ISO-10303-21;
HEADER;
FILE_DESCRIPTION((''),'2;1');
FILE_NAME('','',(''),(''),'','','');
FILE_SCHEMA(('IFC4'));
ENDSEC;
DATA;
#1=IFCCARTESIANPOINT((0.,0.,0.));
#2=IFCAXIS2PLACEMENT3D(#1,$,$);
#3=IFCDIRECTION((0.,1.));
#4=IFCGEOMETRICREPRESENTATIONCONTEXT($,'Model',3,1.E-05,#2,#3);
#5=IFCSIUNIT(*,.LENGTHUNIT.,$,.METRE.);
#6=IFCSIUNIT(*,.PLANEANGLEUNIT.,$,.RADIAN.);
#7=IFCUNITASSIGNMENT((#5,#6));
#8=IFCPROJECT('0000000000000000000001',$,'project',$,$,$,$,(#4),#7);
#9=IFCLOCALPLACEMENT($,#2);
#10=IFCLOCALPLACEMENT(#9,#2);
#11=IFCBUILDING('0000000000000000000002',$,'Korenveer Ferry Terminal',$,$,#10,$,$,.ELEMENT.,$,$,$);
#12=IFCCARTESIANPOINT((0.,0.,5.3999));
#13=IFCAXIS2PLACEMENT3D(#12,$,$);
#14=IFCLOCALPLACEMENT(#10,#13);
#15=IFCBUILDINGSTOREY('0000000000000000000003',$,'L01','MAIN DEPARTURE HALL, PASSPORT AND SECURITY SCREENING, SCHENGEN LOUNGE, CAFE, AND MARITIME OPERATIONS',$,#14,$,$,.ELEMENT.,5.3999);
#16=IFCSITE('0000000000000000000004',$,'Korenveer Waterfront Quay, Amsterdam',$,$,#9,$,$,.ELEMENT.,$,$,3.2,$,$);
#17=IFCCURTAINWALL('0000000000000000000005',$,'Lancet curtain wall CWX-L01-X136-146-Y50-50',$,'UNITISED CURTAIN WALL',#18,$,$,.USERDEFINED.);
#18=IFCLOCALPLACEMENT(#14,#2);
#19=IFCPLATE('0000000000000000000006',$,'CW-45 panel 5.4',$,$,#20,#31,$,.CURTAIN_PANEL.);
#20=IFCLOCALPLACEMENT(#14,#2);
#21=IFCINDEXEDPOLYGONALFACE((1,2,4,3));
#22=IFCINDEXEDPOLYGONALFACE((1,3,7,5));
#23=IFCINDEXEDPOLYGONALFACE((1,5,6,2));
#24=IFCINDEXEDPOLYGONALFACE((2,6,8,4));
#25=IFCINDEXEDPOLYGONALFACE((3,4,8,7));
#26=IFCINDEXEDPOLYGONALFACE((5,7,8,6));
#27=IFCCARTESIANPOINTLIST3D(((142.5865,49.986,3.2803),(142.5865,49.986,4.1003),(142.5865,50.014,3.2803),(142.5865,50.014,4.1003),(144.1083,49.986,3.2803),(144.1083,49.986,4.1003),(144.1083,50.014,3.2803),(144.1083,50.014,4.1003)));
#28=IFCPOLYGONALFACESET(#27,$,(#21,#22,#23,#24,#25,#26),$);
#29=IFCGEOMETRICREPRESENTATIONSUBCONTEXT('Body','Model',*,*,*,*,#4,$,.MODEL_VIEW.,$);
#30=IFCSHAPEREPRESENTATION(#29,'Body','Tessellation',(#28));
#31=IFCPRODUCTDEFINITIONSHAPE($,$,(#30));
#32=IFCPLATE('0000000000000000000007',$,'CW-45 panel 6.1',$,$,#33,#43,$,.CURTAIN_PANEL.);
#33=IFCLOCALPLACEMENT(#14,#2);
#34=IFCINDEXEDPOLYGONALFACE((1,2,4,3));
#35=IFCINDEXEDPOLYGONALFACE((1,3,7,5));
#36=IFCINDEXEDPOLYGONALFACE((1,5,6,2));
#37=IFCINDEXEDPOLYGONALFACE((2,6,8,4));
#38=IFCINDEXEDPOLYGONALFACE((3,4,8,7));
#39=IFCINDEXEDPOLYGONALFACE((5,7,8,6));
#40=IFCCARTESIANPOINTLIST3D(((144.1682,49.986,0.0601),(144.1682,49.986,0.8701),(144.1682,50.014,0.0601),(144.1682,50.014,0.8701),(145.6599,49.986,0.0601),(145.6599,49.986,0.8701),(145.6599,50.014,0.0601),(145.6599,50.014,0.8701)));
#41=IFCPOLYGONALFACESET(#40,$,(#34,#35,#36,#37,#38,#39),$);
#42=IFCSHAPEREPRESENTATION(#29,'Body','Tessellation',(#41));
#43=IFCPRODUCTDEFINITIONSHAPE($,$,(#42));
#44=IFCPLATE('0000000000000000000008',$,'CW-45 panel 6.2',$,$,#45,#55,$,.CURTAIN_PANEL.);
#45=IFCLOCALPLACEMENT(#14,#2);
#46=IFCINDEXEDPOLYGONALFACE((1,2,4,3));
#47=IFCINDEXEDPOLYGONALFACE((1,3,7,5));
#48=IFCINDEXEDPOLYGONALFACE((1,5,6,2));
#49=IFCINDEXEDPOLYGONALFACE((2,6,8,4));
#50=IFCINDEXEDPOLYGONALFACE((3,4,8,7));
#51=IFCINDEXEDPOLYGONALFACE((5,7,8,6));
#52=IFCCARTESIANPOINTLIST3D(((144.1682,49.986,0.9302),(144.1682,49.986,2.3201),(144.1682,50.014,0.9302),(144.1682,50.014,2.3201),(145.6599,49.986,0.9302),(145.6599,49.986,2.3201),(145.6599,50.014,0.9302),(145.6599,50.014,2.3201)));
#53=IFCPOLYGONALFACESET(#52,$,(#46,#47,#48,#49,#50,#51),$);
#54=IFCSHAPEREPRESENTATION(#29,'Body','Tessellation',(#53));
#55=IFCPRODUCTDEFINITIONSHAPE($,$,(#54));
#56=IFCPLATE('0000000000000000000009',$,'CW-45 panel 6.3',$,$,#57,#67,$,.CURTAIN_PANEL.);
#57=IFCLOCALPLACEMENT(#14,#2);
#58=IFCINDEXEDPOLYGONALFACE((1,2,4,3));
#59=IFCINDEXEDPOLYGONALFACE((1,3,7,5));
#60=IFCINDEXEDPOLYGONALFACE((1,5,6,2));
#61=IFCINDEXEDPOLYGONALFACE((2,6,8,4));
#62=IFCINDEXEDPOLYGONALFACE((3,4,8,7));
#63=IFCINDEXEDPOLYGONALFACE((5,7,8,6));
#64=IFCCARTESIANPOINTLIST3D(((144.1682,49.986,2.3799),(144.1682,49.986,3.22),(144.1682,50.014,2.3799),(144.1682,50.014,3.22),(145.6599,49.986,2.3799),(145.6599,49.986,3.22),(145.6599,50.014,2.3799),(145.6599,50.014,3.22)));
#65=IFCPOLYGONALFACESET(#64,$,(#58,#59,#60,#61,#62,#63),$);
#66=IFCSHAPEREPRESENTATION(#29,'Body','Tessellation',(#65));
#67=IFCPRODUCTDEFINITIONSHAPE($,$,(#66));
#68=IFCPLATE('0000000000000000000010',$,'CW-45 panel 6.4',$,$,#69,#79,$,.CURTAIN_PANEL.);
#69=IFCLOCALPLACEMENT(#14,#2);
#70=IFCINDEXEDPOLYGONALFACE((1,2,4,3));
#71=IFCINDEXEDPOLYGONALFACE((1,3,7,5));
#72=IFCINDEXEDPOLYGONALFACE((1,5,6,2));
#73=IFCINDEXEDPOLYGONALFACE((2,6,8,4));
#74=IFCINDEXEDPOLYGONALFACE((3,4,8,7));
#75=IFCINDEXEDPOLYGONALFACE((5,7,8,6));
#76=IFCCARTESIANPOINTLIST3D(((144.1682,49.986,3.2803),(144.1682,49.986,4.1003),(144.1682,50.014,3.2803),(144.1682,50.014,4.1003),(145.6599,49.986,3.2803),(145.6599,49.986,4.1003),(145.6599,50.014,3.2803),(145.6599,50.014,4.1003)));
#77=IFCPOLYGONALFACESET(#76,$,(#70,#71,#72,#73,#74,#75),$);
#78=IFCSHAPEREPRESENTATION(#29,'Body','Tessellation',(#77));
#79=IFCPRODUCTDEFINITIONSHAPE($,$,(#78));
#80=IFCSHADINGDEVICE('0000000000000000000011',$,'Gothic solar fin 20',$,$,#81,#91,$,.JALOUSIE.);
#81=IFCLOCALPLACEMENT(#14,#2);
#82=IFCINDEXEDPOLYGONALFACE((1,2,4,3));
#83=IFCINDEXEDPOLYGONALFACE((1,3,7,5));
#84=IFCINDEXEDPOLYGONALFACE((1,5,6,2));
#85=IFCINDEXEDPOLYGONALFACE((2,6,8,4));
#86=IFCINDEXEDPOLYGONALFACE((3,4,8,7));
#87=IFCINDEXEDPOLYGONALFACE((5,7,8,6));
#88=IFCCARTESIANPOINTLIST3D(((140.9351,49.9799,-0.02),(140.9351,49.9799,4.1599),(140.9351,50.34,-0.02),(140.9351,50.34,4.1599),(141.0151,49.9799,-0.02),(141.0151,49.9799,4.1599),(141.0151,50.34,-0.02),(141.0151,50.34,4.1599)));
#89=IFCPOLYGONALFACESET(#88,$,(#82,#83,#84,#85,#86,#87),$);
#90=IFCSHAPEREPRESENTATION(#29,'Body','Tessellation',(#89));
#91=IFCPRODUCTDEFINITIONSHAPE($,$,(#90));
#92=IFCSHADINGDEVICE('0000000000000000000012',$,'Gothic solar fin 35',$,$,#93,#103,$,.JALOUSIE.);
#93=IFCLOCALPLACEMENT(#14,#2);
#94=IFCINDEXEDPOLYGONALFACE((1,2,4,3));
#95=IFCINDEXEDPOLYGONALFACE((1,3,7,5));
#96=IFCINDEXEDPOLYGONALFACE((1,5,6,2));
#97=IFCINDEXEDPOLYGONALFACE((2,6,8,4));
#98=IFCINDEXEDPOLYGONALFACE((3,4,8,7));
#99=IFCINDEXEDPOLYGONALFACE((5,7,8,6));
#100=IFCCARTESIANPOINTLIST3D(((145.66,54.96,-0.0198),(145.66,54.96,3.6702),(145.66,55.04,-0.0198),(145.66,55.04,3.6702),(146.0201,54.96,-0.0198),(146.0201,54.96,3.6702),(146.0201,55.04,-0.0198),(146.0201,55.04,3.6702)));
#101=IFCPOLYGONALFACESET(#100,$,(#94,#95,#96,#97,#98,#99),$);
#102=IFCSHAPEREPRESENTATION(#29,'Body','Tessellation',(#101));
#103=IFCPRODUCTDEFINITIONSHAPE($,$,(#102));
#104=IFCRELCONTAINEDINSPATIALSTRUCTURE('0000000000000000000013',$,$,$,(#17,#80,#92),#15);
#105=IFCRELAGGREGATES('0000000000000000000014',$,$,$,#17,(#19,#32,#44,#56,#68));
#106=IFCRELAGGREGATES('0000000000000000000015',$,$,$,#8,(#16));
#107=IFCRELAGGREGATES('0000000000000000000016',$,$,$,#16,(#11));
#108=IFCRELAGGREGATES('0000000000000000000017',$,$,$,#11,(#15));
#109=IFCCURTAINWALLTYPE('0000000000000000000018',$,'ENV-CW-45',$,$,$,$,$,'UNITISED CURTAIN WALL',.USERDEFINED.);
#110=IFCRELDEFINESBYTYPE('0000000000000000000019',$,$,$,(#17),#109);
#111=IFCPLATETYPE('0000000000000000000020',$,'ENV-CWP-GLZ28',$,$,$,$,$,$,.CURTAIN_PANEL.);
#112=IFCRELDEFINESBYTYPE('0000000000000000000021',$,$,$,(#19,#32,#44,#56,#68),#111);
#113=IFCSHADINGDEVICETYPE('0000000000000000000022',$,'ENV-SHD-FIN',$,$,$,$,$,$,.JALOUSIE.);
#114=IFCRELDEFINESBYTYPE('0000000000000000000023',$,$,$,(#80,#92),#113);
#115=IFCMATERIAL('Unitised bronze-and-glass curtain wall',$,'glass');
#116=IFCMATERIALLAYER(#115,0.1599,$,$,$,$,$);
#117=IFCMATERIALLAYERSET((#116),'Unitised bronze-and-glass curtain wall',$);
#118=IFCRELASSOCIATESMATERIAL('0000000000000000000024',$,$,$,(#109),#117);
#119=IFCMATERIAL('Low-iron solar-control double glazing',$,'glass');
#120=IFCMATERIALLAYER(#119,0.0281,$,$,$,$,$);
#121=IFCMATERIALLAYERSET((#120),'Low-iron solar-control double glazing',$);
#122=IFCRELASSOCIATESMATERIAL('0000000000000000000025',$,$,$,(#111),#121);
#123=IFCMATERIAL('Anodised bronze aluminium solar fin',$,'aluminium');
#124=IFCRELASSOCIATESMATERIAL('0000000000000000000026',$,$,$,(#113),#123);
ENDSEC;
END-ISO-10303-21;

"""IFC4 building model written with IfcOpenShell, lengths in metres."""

from ifc_helpers import new_model, si_unit, direction, frame, origin, origin_2d, place, context, subcontext, project, spatial, rectangle, extrude, material, layer, layer_set, type_object, element, aggregate, save


model = new_model("IFC4")

# Units and contexts
model_context = context("Model", 3, precision=1e-05, world=origin(), true_north=direction((0.0, 1.0)))
body_context = subcontext(model_context, "Body", "Model", "MODEL_VIEW")
ifc_project = project(units=[si_unit("LENGTHUNIT", "METRE"), si_unit("PLANEANGLEUNIT", "RADIAN")], contexts=[model_context])

# Site, building, storey
site_placement = place(None, origin())
site = spatial("IfcSite", under=ifc_project, at=site_placement, Name="Korenveer Waterfront Quay, Amsterdam", CompositionType="ELEMENT", RefElevation=3.2)
building_placement = place(site_placement, origin())
building = spatial("IfcBuilding", under=site, at=building_placement, Name="Korenveer Ferry Terminal", CompositionType="ELEMENT")
storey_placement = place(building_placement, frame((0.0, 0.0, 5.3999)))
storey = spatial("IfcBuildingStorey", under=building, at=storey_placement, Name="L01", Description="MAIN DEPARTURE HALL, PASSPORT AND SECURITY SCREENING, SCHENGEN LOUNGE, CAFE, AND MARITIME OPERATIONS", CompositionType="ELEMENT", Elevation=5.3999)

# Curtain wall, plates
ifc_material_1 = material(Name="Unitised bronze-and-glass curtain wall", Category="glass")
ifc_layer_1 = layer(ifc_material_1, 0.1599)
ifc_layer_set_1 = layer_set([ifc_layer_1], Name="Unitised bronze-and-glass curtain wall")
curtain_wall_type = type_object("IfcCurtainWallType", Name="ENV-CW-45", ElementType="UNITISED CURTAIN WALL", PredefinedType="USERDEFINED", material=ifc_layer_set_1)
curtain_wall_placement = place(storey_placement, frame((136.23, 50.0, 0.0)))
curtain_wall = element("IfcCurtainWall", 1, at=curtain_wall_placement, inside=storey, type_object=curtain_wall_type, Name="Lancet curtain wall CWX-L01-X136-146-Y50-50", ObjectType="UNITISED CURTAIN WALL", PredefinedType="USERDEFINED")
ifc_material_2 = material(Name="Low-iron solar-control double glazing", Category="glass")
ifc_layer_2 = layer(ifc_material_2, 0.0281)
ifc_layer_set_2 = layer_set([ifc_layer_2], Name="Low-iron solar-control double glazing")
plate_type = type_object("IfcPlateType", Name="ENV-CWP-GLZ28", PredefinedType="CURTAIN_PANEL", material=ifc_layer_set_2)
plate_1_placement = place(storey_placement, frame((143.3474, 50.0, 3.2803), z_axis=(0.0, 0.0, 1.0), x_axis=(1.0, 0.0, 0.0)))
plate_1 = element("IfcPlate", 2, at=plate_1_placement, type_object=plate_type, Name="CW-45 panel 5.4", PredefinedType="CURTAIN_PANEL", context=body_context, shape_type="SweptSolid", body=[
    extrude(rectangle(XDim=1.5217, YDim=0.0281, at=origin_2d()), origin(), (0.0, 0.0, 1.0), 0.8201),
])
plate_2_placement = place(storey_placement, frame((144.9141, 50.0, 0.0601), z_axis=(0.0, 0.0, 1.0), x_axis=(1.0, 0.0, 0.0)))
plate_2 = element("IfcPlate", 3, at=plate_2_placement, type_object=plate_type, Name="CW-45 panel 6.1", PredefinedType="CURTAIN_PANEL", context=body_context, shape_type="SweptSolid", body=[
    extrude(rectangle(XDim=1.4917, YDim=0.0281, at=origin_2d()), origin(), (0.0, 0.0, 1.0), 0.8101),
])
plate_3_placement = place(storey_placement, frame((144.9141, 50.0, 0.9302), z_axis=(0.0, 0.0, 1.0), x_axis=(1.0, 0.0, 0.0)))
plate_3 = element("IfcPlate", 4, at=plate_3_placement, type_object=plate_type, Name="CW-45 panel 6.2", PredefinedType="CURTAIN_PANEL", context=body_context, shape_type="SweptSolid", body=[
    extrude(rectangle(XDim=1.4917, YDim=0.0281, at=origin_2d()), origin(), (0.0, 0.0, 1.0), 1.3899),
])
plate_4_placement = place(storey_placement, frame((144.9141, 50.0, 2.3799), z_axis=(0.0, 0.0, 1.0), x_axis=(1.0, 0.0, 0.0)))
plate_4 = element("IfcPlate", 5, at=plate_4_placement, type_object=plate_type, Name="CW-45 panel 6.3", PredefinedType="CURTAIN_PANEL", context=body_context, shape_type="SweptSolid", body=[
    extrude(rectangle(XDim=1.4917, YDim=0.0281, at=origin_2d()), origin(), (0.0, 0.0, 1.0), 0.8401),
])
plate_5_placement = place(storey_placement, frame((144.9141, 50.0, 3.2803), z_axis=(0.0, 0.0, 1.0), x_axis=(1.0, 0.0, 0.0)))
plate_5 = element("IfcPlate", 6, at=plate_5_placement, type_object=plate_type, Name="CW-45 panel 6.4", PredefinedType="CURTAIN_PANEL", context=body_context, shape_type="SweptSolid", body=[
    extrude(rectangle(XDim=1.4917, YDim=0.0281, at=origin_2d()), origin(), (0.0, 0.0, 1.0), 0.8201),
])
aggregate(curtain_wall, [plate_1, plate_2, plate_3, plate_4, plate_5])

# Shading devices
ifc_material_3 = material(Name="Anodised bronze aluminium solar fin", Category="aluminium")
shading_device_type = type_object("IfcShadingDeviceType", Name="ENV-SHD-FIN", PredefinedType="JALOUSIE", material=ifc_material_3)
shading_device_1_placement = place(storey_placement, frame((140.9751, 50.1599, -0.02), z_axis=(0.0, 0.0, 1.0), x_axis=(0.0, 1.0, 0.0)))
element("IfcShadingDevice", 7, at=shading_device_1_placement, inside=storey, type_object=shading_device_type, Name="Gothic solar fin 20", PredefinedType="JALOUSIE", context=body_context, shape_type="SweptSolid", body=[
    extrude(rectangle(XDim=0.3601, YDim=0.0801, at=origin_2d()), origin(), (0.0, 0.0, 1.0), 4.1799),
])
shading_device_2_placement = place(storey_placement, frame((145.8401, 55.0, -0.0198), z_axis=(0.0, 0.0, 1.0), x_axis=(1.0, 0.0, 0.0)))
element("IfcShadingDevice", 8, at=shading_device_2_placement, inside=storey, type_object=shading_device_type, Name="Gothic solar fin 35", PredefinedType="JALOUSIE", context=body_context, shape_type="SweptSolid", body=[
    extrude(rectangle(XDim=0.3601, YDim=0.0801, at=origin_2d()), origin(), (0.0, 0.0, 1.0), 3.6899),
])

save(model, "model.ifc")
